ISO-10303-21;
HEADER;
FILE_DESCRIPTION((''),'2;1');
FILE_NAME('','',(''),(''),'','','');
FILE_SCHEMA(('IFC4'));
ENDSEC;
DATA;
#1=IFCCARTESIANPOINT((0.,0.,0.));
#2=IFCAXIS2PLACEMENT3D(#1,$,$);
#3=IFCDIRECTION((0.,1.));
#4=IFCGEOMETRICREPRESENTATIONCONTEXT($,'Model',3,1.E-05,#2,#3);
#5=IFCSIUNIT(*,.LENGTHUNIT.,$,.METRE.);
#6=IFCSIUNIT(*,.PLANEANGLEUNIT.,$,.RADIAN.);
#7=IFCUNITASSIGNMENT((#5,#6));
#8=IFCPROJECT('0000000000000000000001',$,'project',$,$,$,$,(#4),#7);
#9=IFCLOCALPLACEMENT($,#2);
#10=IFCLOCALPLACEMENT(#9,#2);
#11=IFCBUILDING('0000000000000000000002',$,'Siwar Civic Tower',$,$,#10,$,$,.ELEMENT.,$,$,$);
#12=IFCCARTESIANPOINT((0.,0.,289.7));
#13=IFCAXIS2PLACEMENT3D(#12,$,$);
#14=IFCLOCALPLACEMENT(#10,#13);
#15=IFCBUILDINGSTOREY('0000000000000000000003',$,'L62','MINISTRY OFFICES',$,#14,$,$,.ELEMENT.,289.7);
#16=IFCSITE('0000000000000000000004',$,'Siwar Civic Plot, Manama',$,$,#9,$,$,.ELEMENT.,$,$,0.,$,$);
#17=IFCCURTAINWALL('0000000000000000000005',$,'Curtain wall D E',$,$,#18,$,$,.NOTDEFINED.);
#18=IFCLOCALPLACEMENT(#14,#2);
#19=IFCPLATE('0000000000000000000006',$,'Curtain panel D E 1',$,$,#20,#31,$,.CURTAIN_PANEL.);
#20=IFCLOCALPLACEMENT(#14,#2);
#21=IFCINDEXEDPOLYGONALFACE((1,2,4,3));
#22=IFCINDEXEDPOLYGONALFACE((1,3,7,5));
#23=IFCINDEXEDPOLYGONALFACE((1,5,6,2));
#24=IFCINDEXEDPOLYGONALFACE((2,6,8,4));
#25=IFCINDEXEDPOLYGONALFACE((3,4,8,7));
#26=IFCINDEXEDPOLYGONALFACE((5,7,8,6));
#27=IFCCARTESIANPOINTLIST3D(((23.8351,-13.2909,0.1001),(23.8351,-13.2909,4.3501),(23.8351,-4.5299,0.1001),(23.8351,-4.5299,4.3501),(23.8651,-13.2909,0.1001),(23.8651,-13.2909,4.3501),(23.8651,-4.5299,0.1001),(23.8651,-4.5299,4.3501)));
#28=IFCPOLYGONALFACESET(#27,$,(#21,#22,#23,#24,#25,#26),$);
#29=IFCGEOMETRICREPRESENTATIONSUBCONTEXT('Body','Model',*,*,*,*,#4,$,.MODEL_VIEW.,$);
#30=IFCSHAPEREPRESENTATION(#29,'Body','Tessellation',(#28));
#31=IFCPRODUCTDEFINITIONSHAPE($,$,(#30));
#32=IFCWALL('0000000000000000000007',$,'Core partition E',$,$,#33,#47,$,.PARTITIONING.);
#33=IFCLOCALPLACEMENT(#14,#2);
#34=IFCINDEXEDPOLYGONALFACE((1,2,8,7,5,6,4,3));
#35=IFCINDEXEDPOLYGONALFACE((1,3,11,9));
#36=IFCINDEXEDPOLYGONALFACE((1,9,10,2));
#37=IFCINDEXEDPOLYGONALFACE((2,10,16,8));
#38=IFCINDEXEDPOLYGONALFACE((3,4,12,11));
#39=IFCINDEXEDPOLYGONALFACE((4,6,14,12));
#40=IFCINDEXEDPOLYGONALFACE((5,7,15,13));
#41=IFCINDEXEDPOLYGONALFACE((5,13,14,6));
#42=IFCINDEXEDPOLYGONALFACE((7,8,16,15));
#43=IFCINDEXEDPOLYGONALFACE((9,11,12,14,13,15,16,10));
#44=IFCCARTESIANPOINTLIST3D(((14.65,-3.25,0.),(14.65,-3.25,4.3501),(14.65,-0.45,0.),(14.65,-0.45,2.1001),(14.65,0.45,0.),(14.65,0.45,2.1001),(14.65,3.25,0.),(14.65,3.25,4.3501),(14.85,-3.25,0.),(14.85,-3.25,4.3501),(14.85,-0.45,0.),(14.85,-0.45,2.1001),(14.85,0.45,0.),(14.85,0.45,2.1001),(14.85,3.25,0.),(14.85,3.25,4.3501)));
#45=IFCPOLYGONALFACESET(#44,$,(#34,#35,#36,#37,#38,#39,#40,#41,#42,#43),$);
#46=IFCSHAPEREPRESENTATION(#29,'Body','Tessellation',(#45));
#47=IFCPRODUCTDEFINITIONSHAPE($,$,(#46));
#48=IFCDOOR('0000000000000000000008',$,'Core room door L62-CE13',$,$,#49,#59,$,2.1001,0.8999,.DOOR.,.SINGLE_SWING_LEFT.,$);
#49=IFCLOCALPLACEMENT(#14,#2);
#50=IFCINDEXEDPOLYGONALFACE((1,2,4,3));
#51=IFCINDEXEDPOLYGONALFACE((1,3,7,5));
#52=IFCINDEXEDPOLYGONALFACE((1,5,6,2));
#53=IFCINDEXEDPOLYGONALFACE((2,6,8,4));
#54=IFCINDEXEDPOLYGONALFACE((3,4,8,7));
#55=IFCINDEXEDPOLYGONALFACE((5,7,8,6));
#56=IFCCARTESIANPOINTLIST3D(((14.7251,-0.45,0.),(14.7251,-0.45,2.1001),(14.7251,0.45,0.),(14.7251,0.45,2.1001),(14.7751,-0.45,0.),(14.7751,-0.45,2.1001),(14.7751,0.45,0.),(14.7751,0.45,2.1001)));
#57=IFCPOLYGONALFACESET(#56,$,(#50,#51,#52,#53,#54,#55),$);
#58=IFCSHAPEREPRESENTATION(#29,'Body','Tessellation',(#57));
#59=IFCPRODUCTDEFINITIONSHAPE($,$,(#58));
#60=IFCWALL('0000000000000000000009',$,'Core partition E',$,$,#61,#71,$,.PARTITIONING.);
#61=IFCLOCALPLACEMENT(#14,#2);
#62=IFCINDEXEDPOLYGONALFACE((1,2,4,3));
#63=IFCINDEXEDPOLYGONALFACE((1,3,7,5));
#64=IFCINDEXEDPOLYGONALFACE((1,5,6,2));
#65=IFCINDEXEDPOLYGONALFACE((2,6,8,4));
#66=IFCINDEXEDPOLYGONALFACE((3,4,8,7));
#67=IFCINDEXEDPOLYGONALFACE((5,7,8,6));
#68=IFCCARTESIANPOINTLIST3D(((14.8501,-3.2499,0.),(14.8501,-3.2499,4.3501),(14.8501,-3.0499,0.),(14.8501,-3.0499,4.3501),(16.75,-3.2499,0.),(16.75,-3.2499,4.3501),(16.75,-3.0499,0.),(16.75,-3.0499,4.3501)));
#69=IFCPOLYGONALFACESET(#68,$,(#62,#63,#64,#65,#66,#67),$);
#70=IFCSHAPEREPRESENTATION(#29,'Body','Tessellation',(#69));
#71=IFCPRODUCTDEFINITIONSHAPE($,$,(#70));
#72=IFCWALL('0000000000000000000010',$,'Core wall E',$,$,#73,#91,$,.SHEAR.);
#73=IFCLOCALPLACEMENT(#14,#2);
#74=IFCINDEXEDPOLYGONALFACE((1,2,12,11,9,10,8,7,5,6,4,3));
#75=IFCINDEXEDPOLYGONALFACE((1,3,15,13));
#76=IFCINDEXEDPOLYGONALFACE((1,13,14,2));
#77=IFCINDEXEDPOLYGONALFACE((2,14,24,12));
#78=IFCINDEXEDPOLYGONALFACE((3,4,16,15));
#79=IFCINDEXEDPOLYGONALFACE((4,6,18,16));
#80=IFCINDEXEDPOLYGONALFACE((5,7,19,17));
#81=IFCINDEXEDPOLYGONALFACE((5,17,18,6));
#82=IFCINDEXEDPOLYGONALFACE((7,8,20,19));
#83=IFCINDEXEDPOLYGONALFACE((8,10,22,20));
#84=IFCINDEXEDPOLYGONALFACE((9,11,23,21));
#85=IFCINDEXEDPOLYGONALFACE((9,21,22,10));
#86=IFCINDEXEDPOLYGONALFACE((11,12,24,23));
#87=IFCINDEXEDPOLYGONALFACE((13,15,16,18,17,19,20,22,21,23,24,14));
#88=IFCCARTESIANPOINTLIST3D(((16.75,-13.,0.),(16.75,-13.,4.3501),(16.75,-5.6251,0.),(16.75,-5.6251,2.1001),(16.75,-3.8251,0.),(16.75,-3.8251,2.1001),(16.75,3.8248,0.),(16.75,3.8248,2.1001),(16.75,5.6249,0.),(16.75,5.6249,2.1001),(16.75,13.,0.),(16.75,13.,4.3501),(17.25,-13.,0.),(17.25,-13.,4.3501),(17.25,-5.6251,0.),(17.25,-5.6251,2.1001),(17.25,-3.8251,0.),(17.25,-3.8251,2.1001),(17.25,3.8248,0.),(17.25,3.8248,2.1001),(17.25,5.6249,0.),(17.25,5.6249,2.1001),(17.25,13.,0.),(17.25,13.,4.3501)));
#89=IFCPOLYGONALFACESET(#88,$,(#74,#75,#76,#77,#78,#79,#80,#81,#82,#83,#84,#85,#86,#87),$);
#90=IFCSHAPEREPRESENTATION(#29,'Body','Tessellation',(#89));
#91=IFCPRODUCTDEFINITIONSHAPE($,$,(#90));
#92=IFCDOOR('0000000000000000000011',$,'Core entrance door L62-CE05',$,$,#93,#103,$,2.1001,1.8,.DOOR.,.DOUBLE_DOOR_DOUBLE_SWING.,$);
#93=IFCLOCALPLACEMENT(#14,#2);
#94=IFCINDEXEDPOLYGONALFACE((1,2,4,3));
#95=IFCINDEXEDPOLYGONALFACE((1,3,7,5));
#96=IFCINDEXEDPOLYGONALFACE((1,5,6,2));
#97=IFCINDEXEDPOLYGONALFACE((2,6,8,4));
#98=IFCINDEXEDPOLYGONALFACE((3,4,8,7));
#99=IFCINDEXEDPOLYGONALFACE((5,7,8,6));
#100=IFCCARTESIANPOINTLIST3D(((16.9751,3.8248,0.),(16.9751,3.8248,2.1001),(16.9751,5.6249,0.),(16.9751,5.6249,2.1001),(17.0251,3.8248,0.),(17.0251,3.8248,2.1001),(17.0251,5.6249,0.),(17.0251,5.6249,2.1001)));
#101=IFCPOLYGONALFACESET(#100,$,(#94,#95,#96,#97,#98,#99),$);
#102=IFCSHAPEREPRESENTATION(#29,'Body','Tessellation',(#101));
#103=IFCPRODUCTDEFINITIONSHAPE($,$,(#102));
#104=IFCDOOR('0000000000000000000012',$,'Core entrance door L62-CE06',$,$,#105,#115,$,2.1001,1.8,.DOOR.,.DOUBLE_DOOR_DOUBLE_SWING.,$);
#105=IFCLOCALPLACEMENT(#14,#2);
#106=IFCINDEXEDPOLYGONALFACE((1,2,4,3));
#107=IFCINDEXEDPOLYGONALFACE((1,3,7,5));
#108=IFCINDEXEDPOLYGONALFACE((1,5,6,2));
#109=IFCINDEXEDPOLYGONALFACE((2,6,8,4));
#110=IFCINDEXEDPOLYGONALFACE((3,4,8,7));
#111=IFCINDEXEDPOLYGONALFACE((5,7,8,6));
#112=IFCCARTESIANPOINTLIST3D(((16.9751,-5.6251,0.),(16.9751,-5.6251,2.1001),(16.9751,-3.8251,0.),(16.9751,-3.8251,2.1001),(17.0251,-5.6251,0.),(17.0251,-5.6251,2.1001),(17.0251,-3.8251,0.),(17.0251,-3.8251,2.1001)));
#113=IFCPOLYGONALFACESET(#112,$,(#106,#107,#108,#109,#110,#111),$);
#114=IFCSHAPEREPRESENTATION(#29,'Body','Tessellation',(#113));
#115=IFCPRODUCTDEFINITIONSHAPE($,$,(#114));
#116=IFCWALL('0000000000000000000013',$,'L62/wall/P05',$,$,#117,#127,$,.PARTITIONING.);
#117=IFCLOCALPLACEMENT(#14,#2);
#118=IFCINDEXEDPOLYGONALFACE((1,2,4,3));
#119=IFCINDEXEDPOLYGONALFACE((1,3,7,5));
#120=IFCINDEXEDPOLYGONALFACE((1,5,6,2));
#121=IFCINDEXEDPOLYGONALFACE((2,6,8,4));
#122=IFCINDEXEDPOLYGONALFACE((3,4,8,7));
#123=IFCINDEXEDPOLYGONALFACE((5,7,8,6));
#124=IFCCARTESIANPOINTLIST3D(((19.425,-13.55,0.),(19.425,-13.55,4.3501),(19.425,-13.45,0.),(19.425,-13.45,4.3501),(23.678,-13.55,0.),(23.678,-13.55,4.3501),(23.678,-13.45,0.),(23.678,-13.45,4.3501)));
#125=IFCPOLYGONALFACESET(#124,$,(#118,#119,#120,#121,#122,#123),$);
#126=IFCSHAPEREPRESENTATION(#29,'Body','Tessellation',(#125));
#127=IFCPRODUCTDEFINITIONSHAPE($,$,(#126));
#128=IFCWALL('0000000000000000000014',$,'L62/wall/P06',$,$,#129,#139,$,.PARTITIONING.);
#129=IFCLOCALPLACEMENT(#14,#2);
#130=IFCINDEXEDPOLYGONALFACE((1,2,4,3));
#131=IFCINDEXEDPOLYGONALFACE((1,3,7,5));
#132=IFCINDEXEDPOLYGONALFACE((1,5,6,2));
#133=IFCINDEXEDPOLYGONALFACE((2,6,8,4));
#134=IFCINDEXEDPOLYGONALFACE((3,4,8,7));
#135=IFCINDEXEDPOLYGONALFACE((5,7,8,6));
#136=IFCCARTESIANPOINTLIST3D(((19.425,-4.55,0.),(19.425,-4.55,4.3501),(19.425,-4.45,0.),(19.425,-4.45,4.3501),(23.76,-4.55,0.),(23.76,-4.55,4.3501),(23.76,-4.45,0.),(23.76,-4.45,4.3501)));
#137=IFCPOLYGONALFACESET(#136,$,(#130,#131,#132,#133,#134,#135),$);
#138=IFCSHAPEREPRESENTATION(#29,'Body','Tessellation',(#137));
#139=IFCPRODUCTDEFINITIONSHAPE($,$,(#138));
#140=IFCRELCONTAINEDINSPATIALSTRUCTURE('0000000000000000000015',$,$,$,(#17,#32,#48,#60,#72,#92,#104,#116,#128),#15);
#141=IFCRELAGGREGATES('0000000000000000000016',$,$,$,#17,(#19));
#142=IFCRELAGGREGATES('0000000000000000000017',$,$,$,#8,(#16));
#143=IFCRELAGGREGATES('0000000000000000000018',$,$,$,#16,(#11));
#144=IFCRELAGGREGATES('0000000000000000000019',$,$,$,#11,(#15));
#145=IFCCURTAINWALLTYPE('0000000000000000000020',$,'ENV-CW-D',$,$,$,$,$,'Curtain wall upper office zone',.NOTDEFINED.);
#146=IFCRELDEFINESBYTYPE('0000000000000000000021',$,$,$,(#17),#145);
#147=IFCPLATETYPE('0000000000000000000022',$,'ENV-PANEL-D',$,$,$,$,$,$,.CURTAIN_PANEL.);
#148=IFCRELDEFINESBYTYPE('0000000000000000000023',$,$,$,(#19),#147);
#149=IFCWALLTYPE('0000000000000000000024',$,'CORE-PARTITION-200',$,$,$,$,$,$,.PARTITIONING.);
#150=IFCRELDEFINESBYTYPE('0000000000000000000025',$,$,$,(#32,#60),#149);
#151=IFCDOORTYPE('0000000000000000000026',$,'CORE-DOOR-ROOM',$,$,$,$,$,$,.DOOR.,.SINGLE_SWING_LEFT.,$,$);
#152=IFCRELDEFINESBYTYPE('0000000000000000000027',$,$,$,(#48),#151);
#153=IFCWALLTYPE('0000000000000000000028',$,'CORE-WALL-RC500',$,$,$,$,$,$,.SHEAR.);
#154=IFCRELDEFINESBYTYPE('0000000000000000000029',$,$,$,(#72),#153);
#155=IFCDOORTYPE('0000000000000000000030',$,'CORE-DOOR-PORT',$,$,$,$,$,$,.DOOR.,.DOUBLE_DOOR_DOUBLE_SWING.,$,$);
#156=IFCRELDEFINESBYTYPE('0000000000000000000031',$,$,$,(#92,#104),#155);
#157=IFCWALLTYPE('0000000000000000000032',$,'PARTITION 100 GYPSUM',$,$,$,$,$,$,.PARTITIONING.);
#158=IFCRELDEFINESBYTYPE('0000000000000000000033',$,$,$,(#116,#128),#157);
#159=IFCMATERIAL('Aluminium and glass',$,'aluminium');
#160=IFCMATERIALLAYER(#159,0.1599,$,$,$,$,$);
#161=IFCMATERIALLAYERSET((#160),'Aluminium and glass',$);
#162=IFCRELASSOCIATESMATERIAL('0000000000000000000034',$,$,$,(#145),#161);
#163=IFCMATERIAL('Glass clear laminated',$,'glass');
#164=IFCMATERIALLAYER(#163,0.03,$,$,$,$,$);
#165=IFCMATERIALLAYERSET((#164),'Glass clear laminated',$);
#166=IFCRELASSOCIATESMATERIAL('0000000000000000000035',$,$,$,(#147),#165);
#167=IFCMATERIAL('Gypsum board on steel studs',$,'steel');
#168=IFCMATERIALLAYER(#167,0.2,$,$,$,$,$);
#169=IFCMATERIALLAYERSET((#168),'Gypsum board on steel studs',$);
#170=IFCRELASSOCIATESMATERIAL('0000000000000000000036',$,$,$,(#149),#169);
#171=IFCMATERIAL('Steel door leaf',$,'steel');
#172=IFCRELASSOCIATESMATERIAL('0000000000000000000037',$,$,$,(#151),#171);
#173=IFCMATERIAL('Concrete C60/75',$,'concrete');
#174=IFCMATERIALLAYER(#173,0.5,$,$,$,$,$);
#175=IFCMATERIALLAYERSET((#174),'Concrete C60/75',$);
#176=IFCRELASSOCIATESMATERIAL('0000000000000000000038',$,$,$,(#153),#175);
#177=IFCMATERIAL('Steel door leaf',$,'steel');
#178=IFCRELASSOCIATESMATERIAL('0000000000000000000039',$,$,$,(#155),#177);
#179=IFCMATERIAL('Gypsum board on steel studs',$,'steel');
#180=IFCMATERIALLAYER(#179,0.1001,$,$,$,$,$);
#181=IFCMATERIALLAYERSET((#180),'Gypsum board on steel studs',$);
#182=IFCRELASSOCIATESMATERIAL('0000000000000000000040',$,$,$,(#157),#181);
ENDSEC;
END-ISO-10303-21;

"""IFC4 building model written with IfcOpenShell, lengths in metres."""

from ifc_helpers import new_model, si_unit, direction, frame, frame_2d, origin, origin_2d, place, context, subcontext, project, spatial, rectangle, extrude, material, layer, layer_set, type_object, element, fill, aggregate, save


model = new_model("IFC4")

# Units and contexts
model_context = context("Model", 3, precision=1e-05, world=origin(), true_north=direction((0.0, 1.0)))
body_context = subcontext(model_context, "Body", "Model", "MODEL_VIEW")
ifc_project = project(units=[si_unit("LENGTHUNIT", "METRE"), si_unit("PLANEANGLEUNIT", "RADIAN")], contexts=[model_context])

# Site, building, storey
site_placement = place(None, origin())
site = spatial("IfcSite", under=ifc_project, at=site_placement, Name="Siwar Civic Plot, Manama", CompositionType="ELEMENT", RefElevation=0.0)
building_placement = place(site_placement, origin())
building = spatial("IfcBuilding", under=site, at=building_placement, Name="Siwar Civic Tower", CompositionType="ELEMENT")
storey_placement = place(building_placement, frame((0.0, 0.0, 289.7)))
storey = spatial("IfcBuildingStorey", under=building, at=storey_placement, Name="L62", Description="MINISTRY OFFICES", CompositionType="ELEMENT", Elevation=289.7)

# Curtain wall
ifc_material_1 = material(Name="Aluminium and glass", Category="aluminium")
ifc_layer_1 = layer(ifc_material_1, 0.1599)
ifc_layer_set_1 = layer_set([ifc_layer_1], Name="Aluminium and glass")
curtain_wall_type = type_object("IfcCurtainWallType", Name="ENV-CW-D", ElementType="Curtain wall upper office zone", PredefinedType="NOTDEFINED", material=ifc_layer_set_1)
curtain_wall_placement = place(storey_placement, origin())
curtain_wall = element("IfcCurtainWall", 1, at=curtain_wall_placement, inside=storey, type_object=curtain_wall_type, Name="Curtain wall D E", PredefinedType="NOTDEFINED")

# Plate
ifc_material_2 = material(Name="Glass clear laminated", Category="glass")
ifc_layer_2 = layer(ifc_material_2, 0.03)
ifc_layer_set_2 = layer_set([ifc_layer_2], Name="Glass clear laminated")
plate_type = type_object("IfcPlateType", Name="ENV-PANEL-D", PredefinedType="CURTAIN_PANEL", material=ifc_layer_set_2)
plate_placement = place(storey_placement, frame((23.8501, -8.9104, 0.1001), z_axis=(0.0, 0.0, 1.0), x_axis=(0.0, 1.0, 0.0)))
plate = element("IfcPlate", 2, at=plate_placement, type_object=plate_type, Name="Curtain panel D E 1", PredefinedType="CURTAIN_PANEL", context=body_context, shape_type="SweptSolid", body=[
    extrude(rectangle(XDim=8.761, YDim=0.03, at=origin_2d()), origin(), (0.0, 0.0, 1.0), 4.25),
])
aggregate(curtain_wall, [plate])

# Wall, opening, door
ifc_material_3 = material(Name="Gypsum board on steel studs", Category="steel")
ifc_layer_3 = layer(ifc_material_3, 0.2)
ifc_layer_set_3 = layer_set([ifc_layer_3], Name="Gypsum board on steel studs")
wall_type_1 = type_object("IfcWallType", Name="CORE-PARTITION-200", PredefinedType="PARTITIONING", material=ifc_layer_set_3)
wall_1_placement = place(storey_placement, frame((14.75, -3.25, 0.0), z_axis=(0.0, 0.0, 1.0), x_axis=(0.0, 1.0, 0.0)))
wall_1 = element("IfcWall", 3, at=wall_1_placement, inside=storey, type_object=wall_type_1, Name="Core partition E", PredefinedType="PARTITIONING", context=body_context, shape_type="SweptSolid", body=[
    extrude(rectangle(XDim=6.5, YDim=0.2, at=frame_2d((3.25, 0.0))), origin(), (0.0, 0.0, 1.0), 4.3501),
])
opening_1_placement = place(wall_1_placement, frame((2.8, 0.0, 0.0)))
opening_1 = element("IfcOpeningElement", 4, at=opening_1_placement, cuts=wall_1, PredefinedType="OPENING", context=body_context, shape_type="SweptSolid", body=[
    extrude(rectangle(XDim=0.8999, YDim=2.1001, at=frame_2d((0.45, 1.05))), frame((0.0, 0.1099, 0.0), z_axis=(0.0, -1.0, 0.0), x_axis=(1.0, 0.0, 0.0)), (0.0, 0.0, 1.0), 0.22),
])
ifc_material_4 = material(Name="Steel door leaf", Category="steel")
door_type_1 = type_object("IfcDoorType", Name="CORE-DOOR-ROOM", OperationType="SINGLE_SWING_LEFT", PredefinedType="DOOR", material=ifc_material_4)
door_1_placement = place(opening_1_placement, origin())
door_1 = element("IfcDoor", 5, at=door_1_placement, inside=storey, type_object=door_type_1, Name="Core room door L62-CE13", OperationType="SINGLE_SWING_LEFT", OverallHeight=2.1001, OverallWidth=0.8999, PredefinedType="DOOR", context=body_context, shape_type="SweptSolid", body=[
    extrude(rectangle(XDim=0.8999, YDim=2.1001, at=frame_2d((0.45, 1.05))), frame((0.0, 0.0249, 0.0), z_axis=(0.0, -1.0, 0.0), x_axis=(1.0, 0.0, 0.0)), (0.0, 0.0, 1.0), 0.05),
])
fill(opening_1, door_1)

# Wall
wall_2_placement = place(storey_placement, frame((14.8501, -3.1499, 0.0), z_axis=(0.0, 0.0, 1.0), x_axis=(1.0, 0.0, 0.0)))
element("IfcWall", 6, at=wall_2_placement, inside=storey, type_object=wall_type_1, Name="Core partition E", PredefinedType="PARTITIONING", context=body_context, shape_type="SweptSolid", body=[
    extrude(rectangle(XDim=1.8999, YDim=0.2, at=frame_2d((0.95, 0.0))), origin(), (0.0, 0.0, 1.0), 4.3501),
])

# Wall, openings, doors
ifc_material_5 = material(Name="Concrete C60/75", Category="concrete")
ifc_layer_4 = layer(ifc_material_5, 0.5)
ifc_layer_set_4 = layer_set([ifc_layer_4], Name="Concrete C60/75")
wall_type_2 = type_object("IfcWallType", Name="CORE-WALL-RC500", PredefinedType="SHEAR", material=ifc_layer_set_4)
wall_3_placement = place(storey_placement, frame((17.0, -13.0, 0.0), z_axis=(0.0, 0.0, 1.0), x_axis=(0.0, 1.0, 0.0)))
wall_3 = element("IfcWall", 7, at=wall_3_placement, inside=storey, type_object=wall_type_2, Name="Core wall E", PredefinedType="SHEAR", context=body_context, shape_type="SweptSolid", body=[
    extrude(rectangle(XDim=26.0, YDim=0.5, at=frame_2d((13.0, 0.0))), origin(), (0.0, 0.0, 1.0), 4.3501),
])
opening_2_placement = place(wall_3_placement, frame((16.825, 0.0, 0.0)))
opening_2 = element("IfcOpeningElement", 8, at=opening_2_placement, cuts=wall_3, PredefinedType="OPENING", context=body_context, shape_type="SweptSolid", body=[
    extrude(rectangle(XDim=1.8, YDim=2.1001, at=frame_2d((0.8999, 1.05))), frame((0.0, 0.26, 0.0), z_axis=(0.0, -1.0, 0.0), x_axis=(1.0, 0.0, 0.0)), (0.0, 0.0, 1.0), 0.52),
])
opening_3_placement = place(wall_3_placement, frame((7.375, 0.0, 0.0)))
opening_3 = element("IfcOpeningElement", 9, at=opening_3_placement, cuts=wall_3, PredefinedType="OPENING", context=body_context, shape_type="SweptSolid", body=[
    extrude(rectangle(XDim=1.8, YDim=2.1001, at=frame_2d((0.8999, 1.05))), frame((0.0, 0.26, 0.0), z_axis=(0.0, -1.0, 0.0), x_axis=(1.0, 0.0, 0.0)), (0.0, 0.0, 1.0), 0.52),
])
ifc_material_6 = material(Name="Steel door leaf", Category="steel")
door_type_2 = type_object("IfcDoorType", Name="CORE-DOOR-PORT", OperationType="DOUBLE_DOOR_DOUBLE_SWING", PredefinedType="DOOR", material=ifc_material_6)
door_2_placement = place(opening_2_placement, origin())
door_2 = element("IfcDoor", 10, at=door_2_placement, inside=storey, type_object=door_type_2, Name="Core entrance door L62-CE05", OperationType="DOUBLE_DOOR_DOUBLE_SWING", OverallHeight=2.1001, OverallWidth=1.8, PredefinedType="DOOR", context=body_context, shape_type="SweptSolid", body=[
    extrude(rectangle(XDim=1.8, YDim=2.1001, at=frame_2d((0.8999, 1.05))), frame((0.0, 0.0249, 0.0), z_axis=(0.0, -1.0, 0.0), x_axis=(1.0, 0.0, 0.0)), (0.0, 0.0, 1.0), 0.05),
])
fill(opening_2, door_2)
door_3_placement = place(opening_3_placement, origin())
door_3 = element("IfcDoor", 11, at=door_3_placement, inside=storey, type_object=door_type_2, Name="Core entrance door L62-CE06", OperationType="DOUBLE_DOOR_DOUBLE_SWING", OverallHeight=2.1001, OverallWidth=1.8, PredefinedType="DOOR", context=body_context, shape_type="SweptSolid", body=[
    extrude(rectangle(XDim=1.8, YDim=2.1001, at=frame_2d((0.8999, 1.05))), frame((0.0, 0.0249, 0.0), z_axis=(0.0, -1.0, 0.0), x_axis=(1.0, 0.0, 0.0)), (0.0, 0.0, 1.0), 0.05),
])
fill(opening_3, door_3)

# Walls
ifc_material_7 = material(Name="Gypsum board on steel studs", Category="steel")
ifc_layer_5 = layer(ifc_material_7, 0.1001)
ifc_layer_set_5 = layer_set([ifc_layer_5], Name="Gypsum board on steel studs")
wall_type_3 = type_object("IfcWallType", Name="PARTITION 100 GYPSUM", PredefinedType="PARTITIONING", material=ifc_layer_set_5)
wall_4_placement = place(storey_placement, frame((19.425, -13.5, 0.0), z_axis=(0.0, 0.0, 1.0), x_axis=(1.0, 0.0, 0.0)))
element("IfcWall", 12, at=wall_4_placement, inside=storey, type_object=wall_type_3, Name="L62/wall/P05", PredefinedType="PARTITIONING", context=body_context, shape_type="SweptSolid", body=[
    extrude(rectangle(XDim=4.2529, YDim=0.1001, at=frame_2d((2.1265, 0.0))), origin(), (0.0, 0.0, 1.0), 4.3501),
])
wall_5_placement = place(storey_placement, frame((19.425, -4.5, 0.0), z_axis=(0.0, 0.0, 1.0), x_axis=(1.0, 0.0, 0.0)))
element("IfcWall", 13, at=wall_5_placement, inside=storey, type_object=wall_type_3, Name="L62/wall/P06", PredefinedType="PARTITIONING", context=body_context, shape_type="SweptSolid", body=[
    extrude(rectangle(XDim=4.335, YDim=0.1001, at=frame_2d((2.1675, 0.0))), origin(), (0.0, 0.0, 1.0), 4.3501),
])

save(model, "model.ifc")
